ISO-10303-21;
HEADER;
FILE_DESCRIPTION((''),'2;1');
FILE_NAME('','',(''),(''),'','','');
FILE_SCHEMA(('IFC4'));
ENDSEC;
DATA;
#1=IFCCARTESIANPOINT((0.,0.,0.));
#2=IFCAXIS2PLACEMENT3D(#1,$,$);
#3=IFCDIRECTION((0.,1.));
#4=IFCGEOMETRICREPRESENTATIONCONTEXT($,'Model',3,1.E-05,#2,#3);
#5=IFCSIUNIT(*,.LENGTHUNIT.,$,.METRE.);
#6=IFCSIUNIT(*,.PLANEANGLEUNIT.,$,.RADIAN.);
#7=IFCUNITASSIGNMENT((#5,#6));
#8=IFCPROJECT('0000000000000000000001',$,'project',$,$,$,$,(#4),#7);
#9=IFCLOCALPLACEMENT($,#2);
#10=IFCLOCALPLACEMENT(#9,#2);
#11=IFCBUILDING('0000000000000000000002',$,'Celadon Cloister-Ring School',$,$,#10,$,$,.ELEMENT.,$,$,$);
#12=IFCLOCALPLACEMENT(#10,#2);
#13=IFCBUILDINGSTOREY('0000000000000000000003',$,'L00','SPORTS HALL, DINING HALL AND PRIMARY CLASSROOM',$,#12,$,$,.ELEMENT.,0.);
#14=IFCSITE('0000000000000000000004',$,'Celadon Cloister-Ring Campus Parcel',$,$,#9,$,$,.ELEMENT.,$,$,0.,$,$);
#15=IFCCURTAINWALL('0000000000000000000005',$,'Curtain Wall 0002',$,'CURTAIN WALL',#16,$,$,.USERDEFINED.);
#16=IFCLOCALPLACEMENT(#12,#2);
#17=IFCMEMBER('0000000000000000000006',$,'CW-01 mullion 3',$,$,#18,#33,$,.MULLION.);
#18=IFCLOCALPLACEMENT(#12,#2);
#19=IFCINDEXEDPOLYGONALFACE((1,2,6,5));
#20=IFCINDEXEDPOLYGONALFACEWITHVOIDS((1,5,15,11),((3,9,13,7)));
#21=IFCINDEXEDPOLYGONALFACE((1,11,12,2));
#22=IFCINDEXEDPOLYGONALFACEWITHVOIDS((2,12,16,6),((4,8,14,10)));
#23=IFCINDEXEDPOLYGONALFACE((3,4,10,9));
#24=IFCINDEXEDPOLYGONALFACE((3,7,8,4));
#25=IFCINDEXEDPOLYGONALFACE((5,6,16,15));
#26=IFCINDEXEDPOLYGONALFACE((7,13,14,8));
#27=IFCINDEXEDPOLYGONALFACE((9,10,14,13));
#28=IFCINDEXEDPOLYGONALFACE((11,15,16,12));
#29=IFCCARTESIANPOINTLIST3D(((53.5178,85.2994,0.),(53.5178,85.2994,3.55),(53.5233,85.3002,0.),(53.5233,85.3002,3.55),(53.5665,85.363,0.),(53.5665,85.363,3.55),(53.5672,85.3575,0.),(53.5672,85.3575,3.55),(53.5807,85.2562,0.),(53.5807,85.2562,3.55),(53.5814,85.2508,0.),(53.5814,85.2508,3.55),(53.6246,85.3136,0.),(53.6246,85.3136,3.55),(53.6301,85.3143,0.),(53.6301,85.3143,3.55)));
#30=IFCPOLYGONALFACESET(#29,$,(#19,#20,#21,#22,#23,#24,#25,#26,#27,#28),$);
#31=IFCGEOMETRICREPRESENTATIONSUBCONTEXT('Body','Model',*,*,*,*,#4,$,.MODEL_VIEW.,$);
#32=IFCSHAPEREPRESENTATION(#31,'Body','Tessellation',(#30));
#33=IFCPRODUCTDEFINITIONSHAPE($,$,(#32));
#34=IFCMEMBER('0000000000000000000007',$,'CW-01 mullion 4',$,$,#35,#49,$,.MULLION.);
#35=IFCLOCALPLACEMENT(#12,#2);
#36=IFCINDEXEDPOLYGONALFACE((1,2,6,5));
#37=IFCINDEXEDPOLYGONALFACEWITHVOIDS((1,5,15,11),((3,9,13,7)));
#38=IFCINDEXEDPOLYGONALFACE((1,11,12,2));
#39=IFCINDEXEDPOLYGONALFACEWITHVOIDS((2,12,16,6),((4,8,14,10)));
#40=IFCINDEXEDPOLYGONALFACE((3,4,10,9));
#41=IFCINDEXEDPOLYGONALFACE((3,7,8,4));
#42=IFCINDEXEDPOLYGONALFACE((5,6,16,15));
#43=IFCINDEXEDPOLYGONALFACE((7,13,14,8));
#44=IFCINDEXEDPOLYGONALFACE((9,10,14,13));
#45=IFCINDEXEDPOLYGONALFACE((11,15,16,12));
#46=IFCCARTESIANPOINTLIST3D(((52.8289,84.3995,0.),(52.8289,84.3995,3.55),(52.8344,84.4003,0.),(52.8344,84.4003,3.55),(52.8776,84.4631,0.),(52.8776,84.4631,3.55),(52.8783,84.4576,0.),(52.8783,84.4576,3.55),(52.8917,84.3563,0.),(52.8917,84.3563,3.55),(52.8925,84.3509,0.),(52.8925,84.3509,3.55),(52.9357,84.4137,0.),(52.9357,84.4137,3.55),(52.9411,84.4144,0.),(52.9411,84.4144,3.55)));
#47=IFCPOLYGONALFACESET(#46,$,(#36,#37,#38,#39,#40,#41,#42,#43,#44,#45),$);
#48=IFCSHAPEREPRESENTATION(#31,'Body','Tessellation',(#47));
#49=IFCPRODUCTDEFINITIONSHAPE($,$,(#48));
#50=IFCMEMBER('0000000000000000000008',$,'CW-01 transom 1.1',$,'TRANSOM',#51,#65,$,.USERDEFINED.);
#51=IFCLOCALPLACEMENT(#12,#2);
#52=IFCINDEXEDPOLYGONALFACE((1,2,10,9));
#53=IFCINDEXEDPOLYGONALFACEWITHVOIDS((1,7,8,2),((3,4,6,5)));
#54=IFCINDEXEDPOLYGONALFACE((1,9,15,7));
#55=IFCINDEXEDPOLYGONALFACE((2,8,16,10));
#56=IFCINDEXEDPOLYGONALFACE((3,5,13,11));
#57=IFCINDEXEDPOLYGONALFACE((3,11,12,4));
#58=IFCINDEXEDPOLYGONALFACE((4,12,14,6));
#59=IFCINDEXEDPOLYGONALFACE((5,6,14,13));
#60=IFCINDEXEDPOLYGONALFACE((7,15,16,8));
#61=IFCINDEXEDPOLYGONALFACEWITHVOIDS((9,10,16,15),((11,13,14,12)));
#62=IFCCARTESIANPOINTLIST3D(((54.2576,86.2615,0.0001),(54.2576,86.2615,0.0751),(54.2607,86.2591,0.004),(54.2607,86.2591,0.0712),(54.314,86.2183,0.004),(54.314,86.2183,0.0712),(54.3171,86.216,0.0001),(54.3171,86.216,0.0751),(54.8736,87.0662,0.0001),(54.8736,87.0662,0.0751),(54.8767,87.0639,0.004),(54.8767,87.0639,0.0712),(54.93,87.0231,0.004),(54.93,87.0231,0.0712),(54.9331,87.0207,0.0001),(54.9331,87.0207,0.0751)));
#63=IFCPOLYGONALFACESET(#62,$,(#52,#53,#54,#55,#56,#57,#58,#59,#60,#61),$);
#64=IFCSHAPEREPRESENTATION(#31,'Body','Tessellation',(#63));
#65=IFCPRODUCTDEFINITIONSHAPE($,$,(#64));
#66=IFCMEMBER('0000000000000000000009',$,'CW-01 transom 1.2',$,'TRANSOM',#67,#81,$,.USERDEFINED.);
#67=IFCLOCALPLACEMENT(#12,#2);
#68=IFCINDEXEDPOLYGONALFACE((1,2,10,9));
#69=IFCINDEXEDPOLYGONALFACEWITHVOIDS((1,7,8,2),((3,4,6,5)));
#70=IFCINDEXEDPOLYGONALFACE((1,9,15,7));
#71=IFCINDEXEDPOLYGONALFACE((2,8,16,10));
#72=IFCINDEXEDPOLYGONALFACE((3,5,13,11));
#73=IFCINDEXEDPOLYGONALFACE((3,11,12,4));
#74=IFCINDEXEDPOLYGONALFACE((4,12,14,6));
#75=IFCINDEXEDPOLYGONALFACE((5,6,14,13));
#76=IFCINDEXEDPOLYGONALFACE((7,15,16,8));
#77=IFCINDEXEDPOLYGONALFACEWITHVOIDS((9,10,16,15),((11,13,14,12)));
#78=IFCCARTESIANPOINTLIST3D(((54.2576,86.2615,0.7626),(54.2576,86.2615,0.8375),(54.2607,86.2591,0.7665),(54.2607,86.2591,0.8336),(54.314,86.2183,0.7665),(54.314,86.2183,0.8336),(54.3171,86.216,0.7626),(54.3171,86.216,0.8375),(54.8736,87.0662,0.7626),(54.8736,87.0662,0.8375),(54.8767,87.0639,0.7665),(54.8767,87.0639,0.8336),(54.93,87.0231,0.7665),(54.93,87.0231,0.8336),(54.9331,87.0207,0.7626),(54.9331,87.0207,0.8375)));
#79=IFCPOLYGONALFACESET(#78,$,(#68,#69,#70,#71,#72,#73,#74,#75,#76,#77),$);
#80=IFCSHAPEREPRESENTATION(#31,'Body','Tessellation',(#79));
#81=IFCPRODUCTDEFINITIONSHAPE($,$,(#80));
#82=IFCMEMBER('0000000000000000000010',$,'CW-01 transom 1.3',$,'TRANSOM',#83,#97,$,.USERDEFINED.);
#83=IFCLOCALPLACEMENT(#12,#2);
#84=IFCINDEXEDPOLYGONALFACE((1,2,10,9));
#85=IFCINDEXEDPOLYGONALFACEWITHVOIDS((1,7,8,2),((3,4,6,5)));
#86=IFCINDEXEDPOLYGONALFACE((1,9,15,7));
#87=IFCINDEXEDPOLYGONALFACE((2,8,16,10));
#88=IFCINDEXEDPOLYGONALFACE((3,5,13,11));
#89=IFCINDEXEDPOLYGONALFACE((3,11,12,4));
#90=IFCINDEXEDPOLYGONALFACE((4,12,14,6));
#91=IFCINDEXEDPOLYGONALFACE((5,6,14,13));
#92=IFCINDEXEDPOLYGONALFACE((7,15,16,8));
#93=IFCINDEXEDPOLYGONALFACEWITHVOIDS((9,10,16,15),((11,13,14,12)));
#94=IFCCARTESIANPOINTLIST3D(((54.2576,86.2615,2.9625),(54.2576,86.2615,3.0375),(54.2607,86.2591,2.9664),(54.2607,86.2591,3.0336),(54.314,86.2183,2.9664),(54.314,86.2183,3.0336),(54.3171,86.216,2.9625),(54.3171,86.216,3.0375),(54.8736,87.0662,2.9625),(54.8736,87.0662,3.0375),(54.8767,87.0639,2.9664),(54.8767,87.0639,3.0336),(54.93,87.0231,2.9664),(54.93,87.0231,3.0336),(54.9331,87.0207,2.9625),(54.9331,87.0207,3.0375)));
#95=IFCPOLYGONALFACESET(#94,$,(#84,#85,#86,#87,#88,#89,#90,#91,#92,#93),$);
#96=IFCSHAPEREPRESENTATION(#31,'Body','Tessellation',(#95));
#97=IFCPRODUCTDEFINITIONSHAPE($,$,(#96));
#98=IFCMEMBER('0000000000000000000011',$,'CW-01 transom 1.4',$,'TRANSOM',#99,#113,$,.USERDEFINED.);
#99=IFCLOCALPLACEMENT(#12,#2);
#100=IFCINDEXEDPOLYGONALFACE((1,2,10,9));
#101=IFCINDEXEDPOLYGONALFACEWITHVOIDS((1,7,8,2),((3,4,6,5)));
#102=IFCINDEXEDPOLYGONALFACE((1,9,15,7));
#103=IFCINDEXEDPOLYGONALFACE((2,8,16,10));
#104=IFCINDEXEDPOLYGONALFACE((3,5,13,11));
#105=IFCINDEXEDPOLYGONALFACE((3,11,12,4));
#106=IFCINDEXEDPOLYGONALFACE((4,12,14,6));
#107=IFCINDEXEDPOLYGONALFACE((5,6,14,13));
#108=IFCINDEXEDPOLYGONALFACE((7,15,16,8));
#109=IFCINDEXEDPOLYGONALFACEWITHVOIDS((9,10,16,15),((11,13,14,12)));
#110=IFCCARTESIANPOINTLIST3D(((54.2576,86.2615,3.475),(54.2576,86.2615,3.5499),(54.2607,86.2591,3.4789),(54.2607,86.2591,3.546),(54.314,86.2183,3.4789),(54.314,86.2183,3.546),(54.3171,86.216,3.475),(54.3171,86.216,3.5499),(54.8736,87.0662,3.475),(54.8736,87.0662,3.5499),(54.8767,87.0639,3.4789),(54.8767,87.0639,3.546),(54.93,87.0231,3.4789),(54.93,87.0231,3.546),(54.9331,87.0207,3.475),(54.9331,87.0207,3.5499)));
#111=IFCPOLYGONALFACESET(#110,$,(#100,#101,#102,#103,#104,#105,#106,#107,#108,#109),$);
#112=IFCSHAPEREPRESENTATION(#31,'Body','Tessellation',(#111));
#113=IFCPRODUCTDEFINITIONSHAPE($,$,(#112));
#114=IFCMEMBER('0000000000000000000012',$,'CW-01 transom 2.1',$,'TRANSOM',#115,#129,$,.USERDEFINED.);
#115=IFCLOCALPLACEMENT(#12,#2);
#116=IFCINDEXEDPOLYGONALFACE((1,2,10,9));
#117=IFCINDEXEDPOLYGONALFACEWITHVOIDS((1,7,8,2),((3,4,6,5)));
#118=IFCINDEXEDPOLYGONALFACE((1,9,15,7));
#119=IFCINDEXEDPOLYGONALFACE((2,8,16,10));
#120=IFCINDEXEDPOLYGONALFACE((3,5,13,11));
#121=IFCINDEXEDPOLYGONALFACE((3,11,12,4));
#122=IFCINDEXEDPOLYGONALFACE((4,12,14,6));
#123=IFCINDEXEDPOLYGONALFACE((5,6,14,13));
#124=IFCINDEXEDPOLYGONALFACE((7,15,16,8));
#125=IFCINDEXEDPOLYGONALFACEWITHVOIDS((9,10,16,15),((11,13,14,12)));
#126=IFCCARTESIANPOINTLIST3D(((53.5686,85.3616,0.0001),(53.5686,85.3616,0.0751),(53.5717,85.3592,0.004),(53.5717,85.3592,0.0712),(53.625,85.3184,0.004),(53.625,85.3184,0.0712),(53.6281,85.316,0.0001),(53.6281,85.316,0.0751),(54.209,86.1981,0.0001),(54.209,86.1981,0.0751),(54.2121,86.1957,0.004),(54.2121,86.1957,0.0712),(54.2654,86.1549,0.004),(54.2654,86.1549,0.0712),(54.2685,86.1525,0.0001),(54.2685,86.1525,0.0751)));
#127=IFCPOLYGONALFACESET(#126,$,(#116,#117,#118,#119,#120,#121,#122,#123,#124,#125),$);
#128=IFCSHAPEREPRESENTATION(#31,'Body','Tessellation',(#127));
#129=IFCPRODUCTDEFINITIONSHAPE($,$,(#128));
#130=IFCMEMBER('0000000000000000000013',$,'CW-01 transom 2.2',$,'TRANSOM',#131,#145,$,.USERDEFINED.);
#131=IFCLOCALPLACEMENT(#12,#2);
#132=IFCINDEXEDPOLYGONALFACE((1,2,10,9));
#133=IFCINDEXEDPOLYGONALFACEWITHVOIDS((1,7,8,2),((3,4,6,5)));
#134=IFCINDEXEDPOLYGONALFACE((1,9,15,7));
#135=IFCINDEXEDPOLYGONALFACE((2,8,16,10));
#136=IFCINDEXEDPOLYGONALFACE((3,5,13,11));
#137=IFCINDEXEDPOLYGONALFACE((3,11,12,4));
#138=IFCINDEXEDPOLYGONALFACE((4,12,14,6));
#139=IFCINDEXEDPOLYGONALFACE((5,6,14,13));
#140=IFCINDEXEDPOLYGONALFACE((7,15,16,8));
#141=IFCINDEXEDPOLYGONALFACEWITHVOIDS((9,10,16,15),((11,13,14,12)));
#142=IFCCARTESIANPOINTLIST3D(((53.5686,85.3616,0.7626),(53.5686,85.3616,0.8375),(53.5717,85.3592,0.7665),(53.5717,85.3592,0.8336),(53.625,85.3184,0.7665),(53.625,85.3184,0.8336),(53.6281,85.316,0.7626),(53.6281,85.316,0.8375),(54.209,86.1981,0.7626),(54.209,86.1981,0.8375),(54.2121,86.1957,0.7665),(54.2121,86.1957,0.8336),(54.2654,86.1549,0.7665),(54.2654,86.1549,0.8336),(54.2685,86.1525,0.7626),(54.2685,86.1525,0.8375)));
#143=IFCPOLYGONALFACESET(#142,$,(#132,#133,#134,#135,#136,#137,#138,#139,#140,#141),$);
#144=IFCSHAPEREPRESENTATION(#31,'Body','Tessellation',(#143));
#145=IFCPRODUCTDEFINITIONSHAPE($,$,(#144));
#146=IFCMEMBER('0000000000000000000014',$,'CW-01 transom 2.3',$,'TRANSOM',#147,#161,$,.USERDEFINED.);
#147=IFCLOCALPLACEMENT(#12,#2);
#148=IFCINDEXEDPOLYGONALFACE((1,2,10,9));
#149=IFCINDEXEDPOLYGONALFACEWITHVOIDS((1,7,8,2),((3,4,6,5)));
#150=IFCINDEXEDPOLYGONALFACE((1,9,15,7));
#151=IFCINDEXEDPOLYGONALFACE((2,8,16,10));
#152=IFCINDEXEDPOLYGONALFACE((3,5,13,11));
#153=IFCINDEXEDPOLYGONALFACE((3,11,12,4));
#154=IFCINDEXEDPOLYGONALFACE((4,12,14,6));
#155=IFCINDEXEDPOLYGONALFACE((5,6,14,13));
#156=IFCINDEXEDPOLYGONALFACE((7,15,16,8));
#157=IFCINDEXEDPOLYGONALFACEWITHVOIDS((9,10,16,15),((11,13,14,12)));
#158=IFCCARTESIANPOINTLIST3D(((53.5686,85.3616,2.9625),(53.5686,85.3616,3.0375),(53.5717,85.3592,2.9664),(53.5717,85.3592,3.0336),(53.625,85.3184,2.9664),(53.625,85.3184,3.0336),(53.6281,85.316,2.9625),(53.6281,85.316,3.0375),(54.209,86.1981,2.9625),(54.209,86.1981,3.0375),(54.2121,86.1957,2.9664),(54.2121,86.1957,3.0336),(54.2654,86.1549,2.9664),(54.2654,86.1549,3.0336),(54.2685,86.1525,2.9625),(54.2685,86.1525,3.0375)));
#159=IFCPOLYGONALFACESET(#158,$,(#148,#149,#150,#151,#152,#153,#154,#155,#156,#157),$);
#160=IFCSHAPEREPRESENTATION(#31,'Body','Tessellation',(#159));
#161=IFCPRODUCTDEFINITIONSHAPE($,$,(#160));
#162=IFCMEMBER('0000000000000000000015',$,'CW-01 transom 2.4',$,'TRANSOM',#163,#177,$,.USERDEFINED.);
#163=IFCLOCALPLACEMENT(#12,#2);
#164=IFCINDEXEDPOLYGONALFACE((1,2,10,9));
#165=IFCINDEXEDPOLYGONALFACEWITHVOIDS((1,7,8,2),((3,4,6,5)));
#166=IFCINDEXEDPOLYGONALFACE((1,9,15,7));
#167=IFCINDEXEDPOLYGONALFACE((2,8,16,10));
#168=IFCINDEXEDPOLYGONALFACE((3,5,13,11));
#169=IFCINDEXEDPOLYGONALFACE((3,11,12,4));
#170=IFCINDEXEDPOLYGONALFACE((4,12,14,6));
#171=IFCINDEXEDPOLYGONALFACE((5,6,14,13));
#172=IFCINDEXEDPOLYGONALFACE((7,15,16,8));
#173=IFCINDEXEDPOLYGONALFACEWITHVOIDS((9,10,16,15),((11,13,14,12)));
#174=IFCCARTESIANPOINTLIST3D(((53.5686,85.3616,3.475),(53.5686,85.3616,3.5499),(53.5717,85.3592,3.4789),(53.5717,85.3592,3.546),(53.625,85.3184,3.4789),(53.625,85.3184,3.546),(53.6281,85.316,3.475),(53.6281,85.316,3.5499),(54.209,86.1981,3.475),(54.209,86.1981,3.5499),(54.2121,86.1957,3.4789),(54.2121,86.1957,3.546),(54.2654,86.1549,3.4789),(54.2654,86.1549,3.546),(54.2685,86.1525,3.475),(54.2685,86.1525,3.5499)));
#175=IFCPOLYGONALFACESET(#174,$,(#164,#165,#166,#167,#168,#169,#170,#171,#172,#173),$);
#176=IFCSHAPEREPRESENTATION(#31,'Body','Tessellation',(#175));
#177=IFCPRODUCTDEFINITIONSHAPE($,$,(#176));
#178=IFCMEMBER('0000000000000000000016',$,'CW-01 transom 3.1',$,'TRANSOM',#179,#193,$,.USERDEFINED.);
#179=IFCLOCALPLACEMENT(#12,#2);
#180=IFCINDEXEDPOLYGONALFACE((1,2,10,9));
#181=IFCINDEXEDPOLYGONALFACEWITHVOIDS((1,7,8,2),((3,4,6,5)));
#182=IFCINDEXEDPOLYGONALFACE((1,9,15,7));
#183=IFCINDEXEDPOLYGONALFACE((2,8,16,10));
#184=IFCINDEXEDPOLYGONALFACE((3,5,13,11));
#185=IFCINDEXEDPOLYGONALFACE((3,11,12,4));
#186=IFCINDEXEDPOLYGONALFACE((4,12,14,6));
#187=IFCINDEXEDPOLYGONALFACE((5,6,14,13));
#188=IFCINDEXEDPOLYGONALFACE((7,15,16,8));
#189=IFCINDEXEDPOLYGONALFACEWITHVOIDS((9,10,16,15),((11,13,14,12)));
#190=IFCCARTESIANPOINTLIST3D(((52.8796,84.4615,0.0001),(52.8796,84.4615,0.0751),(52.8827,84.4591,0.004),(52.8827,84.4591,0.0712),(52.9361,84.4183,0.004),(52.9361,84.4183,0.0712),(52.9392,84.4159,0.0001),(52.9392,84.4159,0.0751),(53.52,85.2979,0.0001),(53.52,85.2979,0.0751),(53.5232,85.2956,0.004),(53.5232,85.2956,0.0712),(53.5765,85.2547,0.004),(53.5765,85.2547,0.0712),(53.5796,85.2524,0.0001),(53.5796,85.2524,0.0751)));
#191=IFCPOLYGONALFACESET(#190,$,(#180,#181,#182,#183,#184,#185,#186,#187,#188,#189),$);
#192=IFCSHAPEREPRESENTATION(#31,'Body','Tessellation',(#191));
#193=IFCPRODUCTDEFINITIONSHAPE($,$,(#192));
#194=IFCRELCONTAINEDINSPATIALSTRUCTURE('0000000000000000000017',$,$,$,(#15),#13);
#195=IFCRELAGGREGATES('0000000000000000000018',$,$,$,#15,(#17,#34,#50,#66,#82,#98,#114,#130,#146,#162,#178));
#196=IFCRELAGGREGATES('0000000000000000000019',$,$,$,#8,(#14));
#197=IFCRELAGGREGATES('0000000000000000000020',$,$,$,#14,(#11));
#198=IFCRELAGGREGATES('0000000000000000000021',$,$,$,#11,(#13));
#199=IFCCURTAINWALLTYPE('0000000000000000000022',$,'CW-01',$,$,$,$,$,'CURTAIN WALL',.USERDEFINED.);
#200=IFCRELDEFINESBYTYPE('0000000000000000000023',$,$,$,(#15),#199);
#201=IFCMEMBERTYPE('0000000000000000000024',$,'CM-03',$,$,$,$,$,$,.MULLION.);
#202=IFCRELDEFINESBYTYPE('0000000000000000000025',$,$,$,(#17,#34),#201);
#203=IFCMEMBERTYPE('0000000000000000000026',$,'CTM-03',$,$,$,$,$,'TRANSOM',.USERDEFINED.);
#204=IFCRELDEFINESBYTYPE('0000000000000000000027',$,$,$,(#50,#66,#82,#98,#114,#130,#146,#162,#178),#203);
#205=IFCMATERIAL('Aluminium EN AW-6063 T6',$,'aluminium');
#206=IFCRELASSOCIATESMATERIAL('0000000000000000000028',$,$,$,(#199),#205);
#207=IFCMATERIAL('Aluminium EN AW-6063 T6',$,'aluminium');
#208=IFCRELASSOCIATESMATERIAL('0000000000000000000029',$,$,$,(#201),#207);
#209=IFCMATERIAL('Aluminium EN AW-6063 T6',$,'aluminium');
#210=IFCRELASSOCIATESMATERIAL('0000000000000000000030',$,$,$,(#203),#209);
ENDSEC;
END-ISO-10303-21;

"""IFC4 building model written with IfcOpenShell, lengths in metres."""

from ifc_helpers import new_model, si_unit, direction, frame, origin, origin_2d, place, context, subcontext, project, spatial, hollow_rectangle, extrude, material, material_profile, profile_set, type_object, element, aggregate, save


model = new_model("IFC4")

# Units and contexts
model_context = context("Model", 3, precision=1e-05, world=origin(), true_north=direction((0.0, 1.0)))
body_context = subcontext(model_context, "Body", "Model", "MODEL_VIEW")
ifc_project = project(units=[si_unit("LENGTHUNIT", "METRE"), si_unit("PLANEANGLEUNIT", "RADIAN")], contexts=[model_context])

# Site, building, storey
site_placement = place(None, origin())
site = spatial("IfcSite", under=ifc_project, at=site_placement, Name="Celadon Cloister-Ring Campus Parcel", CompositionType="ELEMENT", RefElevation=0.0)
building_placement = place(site_placement, origin())
building = spatial("IfcBuilding", under=site, at=building_placement, Name="Celadon Cloister-Ring School", CompositionType="ELEMENT")
storey_placement = place(building_placement, origin())
storey = spatial("IfcBuildingStorey", under=building, at=storey_placement, Name="L00", Description="SPORTS HALL, DINING HALL AND PRIMARY CLASSROOM", CompositionType="ELEMENT", Elevation=0.0)

# Shared definitions
ifc_material_1 = material(Name="Aluminium EN AW-6063 T6", Category="aluminium")
curtain_wall_type = type_object("IfcCurtainWallType", Name="CW-01", ElementType="CURTAIN WALL", PredefinedType="USERDEFINED", material=ifc_material_1)
ifc_material_2 = material(Name="Aluminium EN AW-6063 T6", Category="aluminium")
ifc_material_profile_1 = material_profile(ifc_material_2, hollow_rectangle(XDim=0.0801, YDim=0.0801, WallThickness=0.0039, at=origin_2d()), Name="RHS80X80X4")
ifc_profile_set_1 = profile_set([ifc_material_profile_1], Name="Aluminium EN AW-6063 T6")
member_type_1 = type_object("IfcMemberType", Name="CM-03", PredefinedType="MULLION", material=ifc_profile_set_1)

# Curtain wall, members
curtain_wall_1_placement = place(storey_placement, origin())
curtain_wall_1 = element("IfcCurtainWall", 1, at=curtain_wall_1_placement, inside=storey, type_object=curtain_wall_type, Name="Curtain Wall 0002", ObjectType="CURTAIN WALL", PredefinedType="USERDEFINED")
member_1_placement = place(storey_placement, frame((53.574, 85.3069, 0.0), z_axis=(0.0, 0.0, 1.0), x_axis=(0.794032, -0.607876, 0.0)))
member_1 = element("IfcMember", 2, at=member_1_placement, type_object=member_type_1, Name="CW-01 mullion 3", PredefinedType="MULLION", context=body_context, shape_type="SweptSolid", body=[
    extrude(hollow_rectangle(XDim=0.0801, YDim=0.0801, WallThickness=0.0039, at=origin_2d()), origin(), (0.0, 0.0, 1.0), 3.55),
])
member_2_placement = place(storey_placement, frame((52.885, 84.407, 0.0), z_axis=(0.0, 0.0, 1.0), x_axis=(0.794032, -0.607876, 0.0)))
member_2 = element("IfcMember", 3, at=member_2_placement, type_object=member_type_1, Name="CW-01 mullion 4", PredefinedType="MULLION", context=body_context, shape_type="SweptSolid", body=[
    extrude(hollow_rectangle(XDim=0.0801, YDim=0.0801, WallThickness=0.0039, at=origin_2d()), origin(), (0.0, 0.0, 1.0), 3.55),
])
ifc_material_3 = material(Name="Aluminium EN AW-6063 T6", Category="aluminium")
ifc_material_profile_2 = material_profile(ifc_material_3, hollow_rectangle(XDim=0.075, YDim=0.075, WallThickness=0.0039, at=origin_2d()), Name="RHS75X75X4")
ifc_profile_set_2 = profile_set([ifc_material_profile_2], Name="Aluminium EN AW-6063 T6")
member_type_2 = type_object("IfcMemberType", Name="CTM-03", ElementType="TRANSOM", PredefinedType="USERDEFINED", material=ifc_profile_set_2)
member_3_placement = place(storey_placement, frame((54.9033, 87.0435, 0.0376), z_axis=(-0.607835, -0.794064, 0.0), x_axis=(0.794064, -0.607835, 0.0)))
member_3 = element("IfcMember", 4, at=member_3_placement, type_object=member_type_2, Name="CW-01 transom 1.1", ObjectType="TRANSOM", PredefinedType="USERDEFINED", context=body_context, shape_type="SweptSolid", body=[
    extrude(hollow_rectangle(XDim=0.075, YDim=0.075, WallThickness=0.0039, at=origin_2d()), origin(), (0.0, 0.0, 1.0), 1.0134),
])
member_4_placement = place(storey_placement, frame((54.9033, 87.0435, 0.8), z_axis=(-0.607835, -0.794064, 0.0), x_axis=(0.794064, -0.607835, 0.0)))
member_4 = element("IfcMember", 5, at=member_4_placement, type_object=member_type_2, Name="CW-01 transom 1.2", ObjectType="TRANSOM", PredefinedType="USERDEFINED", context=body_context, shape_type="SweptSolid", body=[
    extrude(hollow_rectangle(XDim=0.075, YDim=0.075, WallThickness=0.0039, at=origin_2d()), origin(), (0.0, 0.0, 1.0), 1.0134),
])
member_5_placement = place(storey_placement, frame((54.9033, 87.0435, 3.0), z_axis=(-0.607835, -0.794064, 0.0), x_axis=(0.794064, -0.607835, 0.0)))
member_5 = element("IfcMember", 6, at=member_5_placement, type_object=member_type_2, Name="CW-01 transom 1.3", ObjectType="TRANSOM", PredefinedType="USERDEFINED", context=body_context, shape_type="SweptSolid", body=[
    extrude(hollow_rectangle(XDim=0.075, YDim=0.075, WallThickness=0.0039, at=origin_2d()), origin(), (0.0, 0.0, 1.0), 1.0134),
])
member_6_placement = place(storey_placement, frame((54.9033, 87.0435, 3.5125), z_axis=(-0.607835, -0.794064, 0.0), x_axis=(0.794064, -0.607835, 0.0)))
member_6 = element("IfcMember", 7, at=member_6_placement, type_object=member_type_2, Name="CW-01 transom 1.4", ObjectType="TRANSOM", PredefinedType="USERDEFINED", context=body_context, shape_type="SweptSolid", body=[
    extrude(hollow_rectangle(XDim=0.075, YDim=0.075, WallThickness=0.0039, at=origin_2d()), origin(), (0.0, 0.0, 1.0), 1.0134),
])
member_7_placement = place(storey_placement, frame((54.2388, 86.1753, 0.0376), z_axis=(-0.607906, -0.794009, 0.0), x_axis=(0.794009, -0.607906, 0.0)))
member_7 = element("IfcMember", 8, at=member_7_placement, type_object=member_type_2, Name="CW-01 transom 2.1", ObjectType="TRANSOM", PredefinedType="USERDEFINED", context=body_context, shape_type="SweptSolid", body=[
    extrude(hollow_rectangle(XDim=0.075, YDim=0.075, WallThickness=0.0039, at=origin_2d()), origin(), (0.0, 0.0, 1.0), 1.0535),
])
member_8_placement = place(storey_placement, frame((54.2388, 86.1753, 0.8), z_axis=(-0.607906, -0.794009, 0.0), x_axis=(0.794009, -0.607906, 0.0)))
member_8 = element("IfcMember", 9, at=member_8_placement, type_object=member_type_2, Name="CW-01 transom 2.2", ObjectType="TRANSOM", PredefinedType="USERDEFINED", context=body_context, shape_type="SweptSolid", body=[
    extrude(hollow_rectangle(XDim=0.075, YDim=0.075, WallThickness=0.0039, at=origin_2d()), origin(), (0.0, 0.0, 1.0), 1.0535),
])
member_9_placement = place(storey_placement, frame((54.2388, 86.1753, 3.0), z_axis=(-0.607906, -0.794009, 0.0), x_axis=(0.794009, -0.607906, 0.0)))
member_9 = element("IfcMember", 10, at=member_9_placement, type_object=member_type_2, Name="CW-01 transom 2.3", ObjectType="TRANSOM", PredefinedType="USERDEFINED", context=body_context, shape_type="SweptSolid", body=[
    extrude(hollow_rectangle(XDim=0.075, YDim=0.075, WallThickness=0.0039, at=origin_2d()), origin(), (0.0, 0.0, 1.0), 1.0535),
])
member_10_placement = place(storey_placement, frame((54.2388, 86.1753, 3.5125), z_axis=(-0.607906, -0.794009, 0.0), x_axis=(0.794009, -0.607906, 0.0)))
member_10 = element("IfcMember", 11, at=member_10_placement, type_object=member_type_2, Name="CW-01 transom 2.4", ObjectType="TRANSOM", PredefinedType="USERDEFINED", context=body_context, shape_type="SweptSolid", body=[
    extrude(hollow_rectangle(XDim=0.075, YDim=0.075, WallThickness=0.0039, at=origin_2d()), origin(), (0.0, 0.0, 1.0), 1.0535),
])
member_11_placement = place(storey_placement, frame((53.5498, 85.2751, 0.0376), z_axis=(-0.607906, -0.794009, 0.0), x_axis=(0.794009, -0.607906, 0.0)))
member_11 = element("IfcMember", 12, at=member_11_placement, type_object=member_type_2, Name="CW-01 transom 3.1", ObjectType="TRANSOM", PredefinedType="USERDEFINED", context=body_context, shape_type="SweptSolid", body=[
    extrude(hollow_rectangle(XDim=0.075, YDim=0.075, WallThickness=0.0039, at=origin_2d()), origin(), (0.0, 0.0, 1.0), 1.0535),
])

aggregate(curtain_wall_1, [member_1, member_2, member_3, member_4, member_5, member_6, member_7, member_8, member_9, member_10, member_11])

save(model, "model.ifc")
